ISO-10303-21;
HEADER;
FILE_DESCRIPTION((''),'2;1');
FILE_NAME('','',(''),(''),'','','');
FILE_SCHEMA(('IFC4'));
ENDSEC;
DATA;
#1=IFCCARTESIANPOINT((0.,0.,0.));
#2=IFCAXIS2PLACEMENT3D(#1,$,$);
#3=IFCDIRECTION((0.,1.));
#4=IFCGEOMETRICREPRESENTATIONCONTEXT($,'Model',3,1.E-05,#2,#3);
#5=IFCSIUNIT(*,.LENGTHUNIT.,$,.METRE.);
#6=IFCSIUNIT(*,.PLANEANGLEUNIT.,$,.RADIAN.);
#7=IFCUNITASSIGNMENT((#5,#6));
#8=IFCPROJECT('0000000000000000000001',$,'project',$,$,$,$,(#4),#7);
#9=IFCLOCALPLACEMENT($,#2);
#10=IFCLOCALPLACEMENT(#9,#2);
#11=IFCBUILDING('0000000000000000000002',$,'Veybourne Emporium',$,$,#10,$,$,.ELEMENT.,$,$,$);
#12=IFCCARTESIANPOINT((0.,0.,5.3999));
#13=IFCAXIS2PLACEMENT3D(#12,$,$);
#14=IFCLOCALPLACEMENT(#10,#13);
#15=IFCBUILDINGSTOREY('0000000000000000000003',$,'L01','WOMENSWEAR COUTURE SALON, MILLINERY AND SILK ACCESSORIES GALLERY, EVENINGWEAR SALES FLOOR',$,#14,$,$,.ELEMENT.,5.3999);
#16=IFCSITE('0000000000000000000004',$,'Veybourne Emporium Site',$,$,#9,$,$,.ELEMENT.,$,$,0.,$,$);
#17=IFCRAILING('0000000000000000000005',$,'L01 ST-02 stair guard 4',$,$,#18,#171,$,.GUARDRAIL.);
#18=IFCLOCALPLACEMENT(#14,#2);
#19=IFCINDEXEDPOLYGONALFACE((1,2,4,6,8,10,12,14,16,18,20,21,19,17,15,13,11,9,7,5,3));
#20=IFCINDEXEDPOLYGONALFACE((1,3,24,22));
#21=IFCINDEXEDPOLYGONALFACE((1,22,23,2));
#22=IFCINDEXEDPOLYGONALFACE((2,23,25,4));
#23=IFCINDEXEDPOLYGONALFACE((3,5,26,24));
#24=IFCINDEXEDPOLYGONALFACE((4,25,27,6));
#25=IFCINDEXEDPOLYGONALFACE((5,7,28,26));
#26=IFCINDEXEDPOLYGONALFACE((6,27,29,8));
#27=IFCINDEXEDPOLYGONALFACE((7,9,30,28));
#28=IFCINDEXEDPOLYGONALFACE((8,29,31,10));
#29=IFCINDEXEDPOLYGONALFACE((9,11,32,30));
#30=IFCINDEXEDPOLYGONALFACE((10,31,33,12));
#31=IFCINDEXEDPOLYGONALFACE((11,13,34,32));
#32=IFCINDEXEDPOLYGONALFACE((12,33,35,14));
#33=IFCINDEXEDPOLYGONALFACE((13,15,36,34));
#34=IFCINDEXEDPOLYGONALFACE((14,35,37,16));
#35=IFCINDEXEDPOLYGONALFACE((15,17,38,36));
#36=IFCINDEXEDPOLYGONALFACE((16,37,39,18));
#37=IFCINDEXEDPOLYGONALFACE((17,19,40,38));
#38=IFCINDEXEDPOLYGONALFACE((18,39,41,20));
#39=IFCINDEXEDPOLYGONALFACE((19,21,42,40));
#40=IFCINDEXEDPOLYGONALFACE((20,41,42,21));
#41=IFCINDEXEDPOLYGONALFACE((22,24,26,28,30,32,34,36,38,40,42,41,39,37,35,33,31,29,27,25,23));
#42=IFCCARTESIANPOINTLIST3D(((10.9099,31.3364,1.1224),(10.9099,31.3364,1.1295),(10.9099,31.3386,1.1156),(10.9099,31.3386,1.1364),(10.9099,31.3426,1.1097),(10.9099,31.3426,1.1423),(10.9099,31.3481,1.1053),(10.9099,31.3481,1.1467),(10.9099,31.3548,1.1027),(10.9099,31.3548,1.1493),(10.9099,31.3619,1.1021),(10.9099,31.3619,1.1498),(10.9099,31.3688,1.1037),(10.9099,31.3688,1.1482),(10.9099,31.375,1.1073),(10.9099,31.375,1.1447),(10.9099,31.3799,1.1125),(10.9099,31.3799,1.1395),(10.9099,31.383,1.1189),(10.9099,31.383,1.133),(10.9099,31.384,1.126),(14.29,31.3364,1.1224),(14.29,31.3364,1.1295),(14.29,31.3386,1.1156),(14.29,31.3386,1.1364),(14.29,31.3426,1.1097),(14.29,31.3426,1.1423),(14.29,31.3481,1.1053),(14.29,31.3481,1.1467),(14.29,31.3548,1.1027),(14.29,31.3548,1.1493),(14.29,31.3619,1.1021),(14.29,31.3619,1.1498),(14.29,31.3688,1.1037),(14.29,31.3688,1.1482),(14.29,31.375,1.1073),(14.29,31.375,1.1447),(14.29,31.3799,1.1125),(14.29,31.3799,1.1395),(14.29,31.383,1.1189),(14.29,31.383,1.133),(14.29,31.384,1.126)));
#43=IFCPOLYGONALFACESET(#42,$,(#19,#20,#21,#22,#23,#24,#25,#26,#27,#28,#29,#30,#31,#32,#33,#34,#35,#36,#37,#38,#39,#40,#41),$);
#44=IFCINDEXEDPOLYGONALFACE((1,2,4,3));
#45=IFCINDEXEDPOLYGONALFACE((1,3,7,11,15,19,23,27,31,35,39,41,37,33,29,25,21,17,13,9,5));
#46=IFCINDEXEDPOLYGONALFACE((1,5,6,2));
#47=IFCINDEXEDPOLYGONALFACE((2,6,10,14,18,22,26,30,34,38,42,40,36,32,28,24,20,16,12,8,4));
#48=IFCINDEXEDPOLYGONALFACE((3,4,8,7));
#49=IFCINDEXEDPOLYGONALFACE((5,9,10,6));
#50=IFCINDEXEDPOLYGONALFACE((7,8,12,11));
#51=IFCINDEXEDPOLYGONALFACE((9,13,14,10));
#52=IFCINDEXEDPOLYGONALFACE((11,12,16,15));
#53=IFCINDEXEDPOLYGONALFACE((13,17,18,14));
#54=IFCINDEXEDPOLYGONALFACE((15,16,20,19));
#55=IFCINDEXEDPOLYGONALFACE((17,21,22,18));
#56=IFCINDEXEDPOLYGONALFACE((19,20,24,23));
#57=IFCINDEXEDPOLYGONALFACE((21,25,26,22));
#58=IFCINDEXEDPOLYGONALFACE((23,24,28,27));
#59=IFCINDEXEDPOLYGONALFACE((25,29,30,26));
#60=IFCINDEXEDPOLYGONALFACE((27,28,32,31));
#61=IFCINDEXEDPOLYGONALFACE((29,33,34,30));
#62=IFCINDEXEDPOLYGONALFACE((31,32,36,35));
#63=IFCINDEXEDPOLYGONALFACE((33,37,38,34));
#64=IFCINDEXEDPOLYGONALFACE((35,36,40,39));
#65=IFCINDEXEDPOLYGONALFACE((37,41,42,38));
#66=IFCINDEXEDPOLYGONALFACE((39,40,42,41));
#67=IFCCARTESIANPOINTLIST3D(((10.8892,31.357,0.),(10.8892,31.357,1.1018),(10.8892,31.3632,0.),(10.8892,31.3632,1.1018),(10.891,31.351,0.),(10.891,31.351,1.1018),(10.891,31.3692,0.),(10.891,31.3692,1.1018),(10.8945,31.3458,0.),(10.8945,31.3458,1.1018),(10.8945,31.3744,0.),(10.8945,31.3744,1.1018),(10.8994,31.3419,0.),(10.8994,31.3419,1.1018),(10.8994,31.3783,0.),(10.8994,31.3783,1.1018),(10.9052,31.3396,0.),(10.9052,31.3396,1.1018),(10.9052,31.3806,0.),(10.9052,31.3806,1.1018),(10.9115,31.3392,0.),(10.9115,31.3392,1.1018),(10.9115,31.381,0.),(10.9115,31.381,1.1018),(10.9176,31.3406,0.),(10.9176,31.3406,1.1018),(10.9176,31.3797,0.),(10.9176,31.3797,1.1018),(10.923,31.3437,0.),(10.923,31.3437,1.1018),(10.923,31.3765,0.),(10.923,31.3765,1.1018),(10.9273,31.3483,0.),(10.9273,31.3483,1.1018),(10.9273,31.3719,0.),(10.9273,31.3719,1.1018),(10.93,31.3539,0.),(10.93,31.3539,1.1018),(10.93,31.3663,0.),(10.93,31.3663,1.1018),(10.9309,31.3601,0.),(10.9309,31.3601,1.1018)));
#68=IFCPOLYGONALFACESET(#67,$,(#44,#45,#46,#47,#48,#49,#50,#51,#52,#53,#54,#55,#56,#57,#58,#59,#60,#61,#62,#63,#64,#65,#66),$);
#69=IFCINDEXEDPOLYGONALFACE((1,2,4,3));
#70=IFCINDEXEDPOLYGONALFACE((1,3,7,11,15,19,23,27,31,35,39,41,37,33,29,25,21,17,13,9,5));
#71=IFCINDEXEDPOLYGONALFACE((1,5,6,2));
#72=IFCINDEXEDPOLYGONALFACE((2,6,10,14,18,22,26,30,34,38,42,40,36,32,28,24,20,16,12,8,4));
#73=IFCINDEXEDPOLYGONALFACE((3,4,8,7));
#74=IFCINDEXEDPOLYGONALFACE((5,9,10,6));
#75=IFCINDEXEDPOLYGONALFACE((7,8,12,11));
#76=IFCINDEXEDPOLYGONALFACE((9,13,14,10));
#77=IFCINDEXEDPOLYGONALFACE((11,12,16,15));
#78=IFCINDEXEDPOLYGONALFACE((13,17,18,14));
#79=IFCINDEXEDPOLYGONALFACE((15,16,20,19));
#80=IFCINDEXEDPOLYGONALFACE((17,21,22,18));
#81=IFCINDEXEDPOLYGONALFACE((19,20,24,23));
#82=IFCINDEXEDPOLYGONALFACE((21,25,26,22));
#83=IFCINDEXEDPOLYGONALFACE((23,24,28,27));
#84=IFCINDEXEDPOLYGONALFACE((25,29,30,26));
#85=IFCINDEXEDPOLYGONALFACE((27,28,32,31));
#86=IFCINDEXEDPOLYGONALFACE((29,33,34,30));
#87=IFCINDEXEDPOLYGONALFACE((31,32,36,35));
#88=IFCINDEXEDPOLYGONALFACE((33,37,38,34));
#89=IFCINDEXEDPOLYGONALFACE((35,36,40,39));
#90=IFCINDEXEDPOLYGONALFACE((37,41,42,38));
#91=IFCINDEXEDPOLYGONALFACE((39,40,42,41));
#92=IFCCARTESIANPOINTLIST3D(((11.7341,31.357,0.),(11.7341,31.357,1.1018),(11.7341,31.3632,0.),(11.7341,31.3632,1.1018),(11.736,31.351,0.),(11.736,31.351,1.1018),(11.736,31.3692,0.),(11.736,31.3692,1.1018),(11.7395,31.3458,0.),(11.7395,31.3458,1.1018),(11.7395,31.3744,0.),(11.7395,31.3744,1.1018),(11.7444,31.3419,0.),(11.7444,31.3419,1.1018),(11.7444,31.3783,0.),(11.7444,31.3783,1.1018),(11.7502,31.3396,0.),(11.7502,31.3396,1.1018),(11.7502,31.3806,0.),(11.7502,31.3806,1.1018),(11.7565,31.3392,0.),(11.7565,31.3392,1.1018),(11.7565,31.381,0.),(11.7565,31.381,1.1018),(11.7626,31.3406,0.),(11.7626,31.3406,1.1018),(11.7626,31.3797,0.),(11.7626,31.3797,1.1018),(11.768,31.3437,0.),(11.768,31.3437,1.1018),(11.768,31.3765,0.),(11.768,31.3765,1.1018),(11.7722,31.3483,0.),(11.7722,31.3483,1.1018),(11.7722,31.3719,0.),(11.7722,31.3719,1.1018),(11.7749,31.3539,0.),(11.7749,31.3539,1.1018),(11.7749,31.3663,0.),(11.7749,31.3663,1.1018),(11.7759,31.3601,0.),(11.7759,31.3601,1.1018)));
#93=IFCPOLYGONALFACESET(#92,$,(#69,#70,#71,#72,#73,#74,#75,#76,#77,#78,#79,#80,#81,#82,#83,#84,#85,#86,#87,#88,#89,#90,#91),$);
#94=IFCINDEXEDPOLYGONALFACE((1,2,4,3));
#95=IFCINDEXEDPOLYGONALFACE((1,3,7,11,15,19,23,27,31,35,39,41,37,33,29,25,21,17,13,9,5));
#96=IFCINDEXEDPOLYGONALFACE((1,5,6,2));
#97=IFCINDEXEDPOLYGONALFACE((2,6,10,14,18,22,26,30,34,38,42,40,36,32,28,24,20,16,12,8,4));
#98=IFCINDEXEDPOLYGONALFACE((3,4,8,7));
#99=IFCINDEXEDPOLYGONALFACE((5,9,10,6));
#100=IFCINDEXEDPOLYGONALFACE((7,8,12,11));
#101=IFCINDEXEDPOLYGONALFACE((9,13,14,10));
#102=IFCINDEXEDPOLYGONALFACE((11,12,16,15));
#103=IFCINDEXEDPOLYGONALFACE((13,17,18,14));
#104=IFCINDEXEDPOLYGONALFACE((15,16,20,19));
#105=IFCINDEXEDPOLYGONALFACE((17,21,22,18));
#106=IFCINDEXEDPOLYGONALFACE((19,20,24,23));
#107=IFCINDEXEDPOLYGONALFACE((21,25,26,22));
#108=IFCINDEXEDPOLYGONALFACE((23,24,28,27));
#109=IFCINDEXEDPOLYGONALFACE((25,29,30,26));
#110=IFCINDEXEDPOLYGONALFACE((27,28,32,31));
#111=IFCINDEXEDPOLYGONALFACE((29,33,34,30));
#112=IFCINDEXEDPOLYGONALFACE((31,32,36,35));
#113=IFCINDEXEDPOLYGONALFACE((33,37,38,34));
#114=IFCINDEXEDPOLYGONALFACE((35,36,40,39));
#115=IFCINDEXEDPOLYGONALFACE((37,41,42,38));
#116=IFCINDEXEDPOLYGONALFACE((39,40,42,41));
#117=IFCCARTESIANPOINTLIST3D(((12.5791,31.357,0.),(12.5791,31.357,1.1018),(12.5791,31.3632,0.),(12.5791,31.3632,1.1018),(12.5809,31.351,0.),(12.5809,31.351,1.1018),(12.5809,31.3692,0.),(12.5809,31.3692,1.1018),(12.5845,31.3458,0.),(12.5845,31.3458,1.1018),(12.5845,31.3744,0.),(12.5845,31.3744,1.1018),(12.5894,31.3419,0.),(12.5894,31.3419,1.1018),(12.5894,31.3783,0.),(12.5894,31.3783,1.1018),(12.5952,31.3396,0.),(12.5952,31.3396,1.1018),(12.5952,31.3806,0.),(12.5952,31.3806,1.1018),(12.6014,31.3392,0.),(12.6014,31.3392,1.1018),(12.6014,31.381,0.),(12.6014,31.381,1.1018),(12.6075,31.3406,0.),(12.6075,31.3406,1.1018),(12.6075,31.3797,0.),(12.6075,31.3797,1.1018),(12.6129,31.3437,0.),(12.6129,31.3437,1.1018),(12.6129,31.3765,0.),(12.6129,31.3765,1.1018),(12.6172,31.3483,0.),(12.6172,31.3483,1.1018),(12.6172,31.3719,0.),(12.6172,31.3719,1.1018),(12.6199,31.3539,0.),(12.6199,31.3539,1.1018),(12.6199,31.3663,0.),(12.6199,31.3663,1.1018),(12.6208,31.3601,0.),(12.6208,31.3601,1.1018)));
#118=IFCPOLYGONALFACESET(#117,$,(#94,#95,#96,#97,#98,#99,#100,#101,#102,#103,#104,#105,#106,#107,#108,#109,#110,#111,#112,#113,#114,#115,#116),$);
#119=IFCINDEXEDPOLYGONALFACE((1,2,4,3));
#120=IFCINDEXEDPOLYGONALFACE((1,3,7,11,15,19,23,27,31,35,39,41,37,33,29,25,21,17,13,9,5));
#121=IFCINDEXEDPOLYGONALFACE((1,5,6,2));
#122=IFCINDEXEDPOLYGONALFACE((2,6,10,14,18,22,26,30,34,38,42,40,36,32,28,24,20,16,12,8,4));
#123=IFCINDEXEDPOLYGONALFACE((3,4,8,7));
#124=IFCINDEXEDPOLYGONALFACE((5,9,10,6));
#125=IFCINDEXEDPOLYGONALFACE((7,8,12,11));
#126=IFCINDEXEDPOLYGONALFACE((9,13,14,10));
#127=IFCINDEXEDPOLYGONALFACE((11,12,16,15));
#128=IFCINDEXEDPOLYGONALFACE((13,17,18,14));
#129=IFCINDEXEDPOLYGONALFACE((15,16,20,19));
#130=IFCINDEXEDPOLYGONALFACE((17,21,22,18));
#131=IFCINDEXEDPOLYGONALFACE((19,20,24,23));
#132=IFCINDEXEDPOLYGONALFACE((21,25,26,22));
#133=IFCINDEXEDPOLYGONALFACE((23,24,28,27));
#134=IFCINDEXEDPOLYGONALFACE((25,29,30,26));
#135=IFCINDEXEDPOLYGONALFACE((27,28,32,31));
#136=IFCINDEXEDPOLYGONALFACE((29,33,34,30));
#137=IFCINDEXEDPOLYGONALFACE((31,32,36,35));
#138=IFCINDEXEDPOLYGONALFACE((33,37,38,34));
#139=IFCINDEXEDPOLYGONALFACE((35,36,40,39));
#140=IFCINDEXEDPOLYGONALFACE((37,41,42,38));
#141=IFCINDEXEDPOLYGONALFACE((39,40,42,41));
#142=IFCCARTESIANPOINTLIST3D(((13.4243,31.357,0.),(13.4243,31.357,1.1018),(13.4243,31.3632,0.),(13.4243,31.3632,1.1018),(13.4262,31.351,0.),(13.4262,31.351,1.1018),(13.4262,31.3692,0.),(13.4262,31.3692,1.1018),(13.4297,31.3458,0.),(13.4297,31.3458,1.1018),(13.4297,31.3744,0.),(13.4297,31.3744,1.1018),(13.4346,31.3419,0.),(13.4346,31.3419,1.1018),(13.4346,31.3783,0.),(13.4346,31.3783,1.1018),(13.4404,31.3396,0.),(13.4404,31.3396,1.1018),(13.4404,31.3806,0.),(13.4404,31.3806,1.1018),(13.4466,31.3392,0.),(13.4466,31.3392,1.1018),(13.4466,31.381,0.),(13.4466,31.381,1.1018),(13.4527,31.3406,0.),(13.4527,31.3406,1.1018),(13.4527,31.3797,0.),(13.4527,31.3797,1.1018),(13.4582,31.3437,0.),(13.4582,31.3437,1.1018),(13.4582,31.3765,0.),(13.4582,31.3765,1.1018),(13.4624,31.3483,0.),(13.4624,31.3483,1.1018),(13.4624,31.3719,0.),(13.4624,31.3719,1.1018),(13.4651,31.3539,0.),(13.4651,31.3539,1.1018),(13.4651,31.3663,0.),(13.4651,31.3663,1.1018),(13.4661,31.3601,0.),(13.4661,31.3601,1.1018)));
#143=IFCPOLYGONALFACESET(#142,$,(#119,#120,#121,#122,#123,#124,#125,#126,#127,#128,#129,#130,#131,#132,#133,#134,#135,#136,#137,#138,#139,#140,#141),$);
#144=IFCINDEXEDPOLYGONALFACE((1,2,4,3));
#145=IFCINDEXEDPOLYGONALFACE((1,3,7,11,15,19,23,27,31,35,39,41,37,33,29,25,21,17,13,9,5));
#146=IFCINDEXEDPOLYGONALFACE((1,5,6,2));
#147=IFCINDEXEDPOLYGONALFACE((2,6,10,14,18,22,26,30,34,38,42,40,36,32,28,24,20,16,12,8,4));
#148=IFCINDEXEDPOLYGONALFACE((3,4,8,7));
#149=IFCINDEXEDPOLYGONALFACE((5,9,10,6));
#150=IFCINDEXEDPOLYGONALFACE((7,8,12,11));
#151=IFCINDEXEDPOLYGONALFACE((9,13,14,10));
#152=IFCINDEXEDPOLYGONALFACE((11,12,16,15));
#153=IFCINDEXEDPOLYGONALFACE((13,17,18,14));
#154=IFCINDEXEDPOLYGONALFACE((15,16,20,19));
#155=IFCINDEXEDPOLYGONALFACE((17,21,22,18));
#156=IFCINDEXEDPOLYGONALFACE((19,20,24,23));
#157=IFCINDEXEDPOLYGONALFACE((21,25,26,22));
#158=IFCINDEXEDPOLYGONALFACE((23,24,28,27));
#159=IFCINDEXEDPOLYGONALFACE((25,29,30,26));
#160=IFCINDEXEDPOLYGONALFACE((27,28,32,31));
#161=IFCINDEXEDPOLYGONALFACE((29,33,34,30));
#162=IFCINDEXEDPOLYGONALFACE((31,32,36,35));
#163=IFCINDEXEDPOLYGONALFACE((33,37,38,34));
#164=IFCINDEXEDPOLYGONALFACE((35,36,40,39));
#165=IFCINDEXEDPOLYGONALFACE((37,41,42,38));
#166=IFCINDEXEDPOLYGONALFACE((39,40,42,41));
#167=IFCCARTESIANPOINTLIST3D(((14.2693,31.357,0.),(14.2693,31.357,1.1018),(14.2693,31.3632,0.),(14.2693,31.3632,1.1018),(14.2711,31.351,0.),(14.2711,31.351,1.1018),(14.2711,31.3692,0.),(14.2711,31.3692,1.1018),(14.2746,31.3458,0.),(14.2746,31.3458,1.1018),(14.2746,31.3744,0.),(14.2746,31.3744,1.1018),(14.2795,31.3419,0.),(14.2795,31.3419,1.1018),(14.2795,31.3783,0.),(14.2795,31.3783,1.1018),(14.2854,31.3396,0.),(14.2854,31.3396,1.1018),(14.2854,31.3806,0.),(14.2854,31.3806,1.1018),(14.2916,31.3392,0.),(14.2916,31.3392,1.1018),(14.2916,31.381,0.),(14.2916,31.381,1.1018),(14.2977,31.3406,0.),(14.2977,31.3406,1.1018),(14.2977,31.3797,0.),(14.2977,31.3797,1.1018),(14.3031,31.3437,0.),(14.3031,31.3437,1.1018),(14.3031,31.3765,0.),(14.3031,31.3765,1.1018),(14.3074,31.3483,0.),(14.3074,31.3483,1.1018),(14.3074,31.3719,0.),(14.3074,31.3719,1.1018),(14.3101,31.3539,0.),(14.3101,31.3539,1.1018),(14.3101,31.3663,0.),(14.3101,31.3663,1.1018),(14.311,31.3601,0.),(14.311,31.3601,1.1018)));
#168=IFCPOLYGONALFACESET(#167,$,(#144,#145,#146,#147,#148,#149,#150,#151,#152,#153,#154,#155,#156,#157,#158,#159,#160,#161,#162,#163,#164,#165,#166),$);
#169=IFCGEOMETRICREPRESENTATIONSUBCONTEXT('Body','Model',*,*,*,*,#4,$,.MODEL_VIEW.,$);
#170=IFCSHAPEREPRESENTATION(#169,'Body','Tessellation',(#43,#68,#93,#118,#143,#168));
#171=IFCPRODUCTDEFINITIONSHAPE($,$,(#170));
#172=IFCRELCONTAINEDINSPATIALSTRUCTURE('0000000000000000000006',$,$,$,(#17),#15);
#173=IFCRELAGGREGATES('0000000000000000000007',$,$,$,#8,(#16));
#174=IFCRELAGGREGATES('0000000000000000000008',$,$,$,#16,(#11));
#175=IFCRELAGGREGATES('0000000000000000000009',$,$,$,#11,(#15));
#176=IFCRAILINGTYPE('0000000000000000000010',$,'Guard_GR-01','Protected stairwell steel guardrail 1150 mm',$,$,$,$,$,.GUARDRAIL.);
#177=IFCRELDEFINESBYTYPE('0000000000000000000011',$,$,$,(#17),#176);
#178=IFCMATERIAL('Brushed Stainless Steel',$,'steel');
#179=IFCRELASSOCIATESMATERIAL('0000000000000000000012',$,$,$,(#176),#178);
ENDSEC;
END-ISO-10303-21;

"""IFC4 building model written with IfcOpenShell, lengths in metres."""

from ifc_helpers import new_model, si_unit, direction, frame, origin, origin_2d, place, context, subcontext, project, spatial, circle, extrude, material, type_object, element, save


model = new_model("IFC4")

# Units and contexts
model_context = context("Model", 3, precision=1e-05, world=origin(), true_north=direction((0.0, 1.0)))
body_context = subcontext(model_context, "Body", "Model", "MODEL_VIEW")
ifc_project = project(units=[si_unit("LENGTHUNIT", "METRE"), si_unit("PLANEANGLEUNIT", "RADIAN")], contexts=[model_context])

# Site, building, storey
site_placement = place(None, origin())
site = spatial("IfcSite", under=ifc_project, at=site_placement, Name="Veybourne Emporium Site", CompositionType="ELEMENT", RefElevation=0.0)
building_placement = place(site_placement, origin())
building = spatial("IfcBuilding", under=site, at=building_placement, Name="Veybourne Emporium", CompositionType="ELEMENT")
storey_placement = place(building_placement, frame((0.0, 0.0, 5.3999)))
storey = spatial("IfcBuildingStorey", under=building, at=storey_placement, Name="L01", Description="WOMENSWEAR COUTURE SALON, MILLINERY AND SILK ACCESSORIES GALLERY, EVENINGWEAR SALES FLOOR", CompositionType="ELEMENT", Elevation=5.3999)

# Railing
ifc_material_1 = material(Name="Brushed Stainless Steel", Category="steel")
railing_type_1 = type_object("IfcRailingType", Name="Guard_GR-01", Description="Protected stairwell steel guardrail 1150 mm", PredefinedType="GUARDRAIL", material=ifc_material_1)
railing_1_placement = place(storey_placement, frame((10.9099, 31.3601, 0.0)))
element("IfcRailing", 1, at=railing_1_placement, inside=storey, type_object=railing_type_1, Name="L01 ST-02 stair guard 4", PredefinedType="GUARDRAIL", context=body_context, shape_type="SweptSolid", body=[
    extrude(circle(Radius=0.0239, at=origin_2d()), frame((0.0, 0.0, 1.126), z_axis=(1.0, 0.0, 0.0), x_axis=(0.0, 1.0, 0.0)), (0.0, 0.0, 1.0), 3.3801),
    extrude(circle(Radius=0.021, at=origin_2d()), origin(), (0.0, 0.0, 1.0), 1.1018),
    extrude(circle(Radius=0.021, at=origin_2d()), frame((0.845, 0.0, 0.0)), (0.0, 0.0, 1.0), 1.1018),
    extrude(circle(Radius=0.021, at=origin_2d()), frame((1.6899, 0.0, 0.0)), (0.0, 0.0, 1.0), 1.1018),
    extrude(circle(Radius=0.021, at=origin_2d()), frame((2.5352, 0.0, 0.0)), (0.0, 0.0, 1.0), 1.1018),
    extrude(circle(Radius=0.021, at=origin_2d()), frame((3.3801, 0.0, 0.0)), (0.0, 0.0, 1.0), 1.1018),
])

save(model, "model.ifc")
